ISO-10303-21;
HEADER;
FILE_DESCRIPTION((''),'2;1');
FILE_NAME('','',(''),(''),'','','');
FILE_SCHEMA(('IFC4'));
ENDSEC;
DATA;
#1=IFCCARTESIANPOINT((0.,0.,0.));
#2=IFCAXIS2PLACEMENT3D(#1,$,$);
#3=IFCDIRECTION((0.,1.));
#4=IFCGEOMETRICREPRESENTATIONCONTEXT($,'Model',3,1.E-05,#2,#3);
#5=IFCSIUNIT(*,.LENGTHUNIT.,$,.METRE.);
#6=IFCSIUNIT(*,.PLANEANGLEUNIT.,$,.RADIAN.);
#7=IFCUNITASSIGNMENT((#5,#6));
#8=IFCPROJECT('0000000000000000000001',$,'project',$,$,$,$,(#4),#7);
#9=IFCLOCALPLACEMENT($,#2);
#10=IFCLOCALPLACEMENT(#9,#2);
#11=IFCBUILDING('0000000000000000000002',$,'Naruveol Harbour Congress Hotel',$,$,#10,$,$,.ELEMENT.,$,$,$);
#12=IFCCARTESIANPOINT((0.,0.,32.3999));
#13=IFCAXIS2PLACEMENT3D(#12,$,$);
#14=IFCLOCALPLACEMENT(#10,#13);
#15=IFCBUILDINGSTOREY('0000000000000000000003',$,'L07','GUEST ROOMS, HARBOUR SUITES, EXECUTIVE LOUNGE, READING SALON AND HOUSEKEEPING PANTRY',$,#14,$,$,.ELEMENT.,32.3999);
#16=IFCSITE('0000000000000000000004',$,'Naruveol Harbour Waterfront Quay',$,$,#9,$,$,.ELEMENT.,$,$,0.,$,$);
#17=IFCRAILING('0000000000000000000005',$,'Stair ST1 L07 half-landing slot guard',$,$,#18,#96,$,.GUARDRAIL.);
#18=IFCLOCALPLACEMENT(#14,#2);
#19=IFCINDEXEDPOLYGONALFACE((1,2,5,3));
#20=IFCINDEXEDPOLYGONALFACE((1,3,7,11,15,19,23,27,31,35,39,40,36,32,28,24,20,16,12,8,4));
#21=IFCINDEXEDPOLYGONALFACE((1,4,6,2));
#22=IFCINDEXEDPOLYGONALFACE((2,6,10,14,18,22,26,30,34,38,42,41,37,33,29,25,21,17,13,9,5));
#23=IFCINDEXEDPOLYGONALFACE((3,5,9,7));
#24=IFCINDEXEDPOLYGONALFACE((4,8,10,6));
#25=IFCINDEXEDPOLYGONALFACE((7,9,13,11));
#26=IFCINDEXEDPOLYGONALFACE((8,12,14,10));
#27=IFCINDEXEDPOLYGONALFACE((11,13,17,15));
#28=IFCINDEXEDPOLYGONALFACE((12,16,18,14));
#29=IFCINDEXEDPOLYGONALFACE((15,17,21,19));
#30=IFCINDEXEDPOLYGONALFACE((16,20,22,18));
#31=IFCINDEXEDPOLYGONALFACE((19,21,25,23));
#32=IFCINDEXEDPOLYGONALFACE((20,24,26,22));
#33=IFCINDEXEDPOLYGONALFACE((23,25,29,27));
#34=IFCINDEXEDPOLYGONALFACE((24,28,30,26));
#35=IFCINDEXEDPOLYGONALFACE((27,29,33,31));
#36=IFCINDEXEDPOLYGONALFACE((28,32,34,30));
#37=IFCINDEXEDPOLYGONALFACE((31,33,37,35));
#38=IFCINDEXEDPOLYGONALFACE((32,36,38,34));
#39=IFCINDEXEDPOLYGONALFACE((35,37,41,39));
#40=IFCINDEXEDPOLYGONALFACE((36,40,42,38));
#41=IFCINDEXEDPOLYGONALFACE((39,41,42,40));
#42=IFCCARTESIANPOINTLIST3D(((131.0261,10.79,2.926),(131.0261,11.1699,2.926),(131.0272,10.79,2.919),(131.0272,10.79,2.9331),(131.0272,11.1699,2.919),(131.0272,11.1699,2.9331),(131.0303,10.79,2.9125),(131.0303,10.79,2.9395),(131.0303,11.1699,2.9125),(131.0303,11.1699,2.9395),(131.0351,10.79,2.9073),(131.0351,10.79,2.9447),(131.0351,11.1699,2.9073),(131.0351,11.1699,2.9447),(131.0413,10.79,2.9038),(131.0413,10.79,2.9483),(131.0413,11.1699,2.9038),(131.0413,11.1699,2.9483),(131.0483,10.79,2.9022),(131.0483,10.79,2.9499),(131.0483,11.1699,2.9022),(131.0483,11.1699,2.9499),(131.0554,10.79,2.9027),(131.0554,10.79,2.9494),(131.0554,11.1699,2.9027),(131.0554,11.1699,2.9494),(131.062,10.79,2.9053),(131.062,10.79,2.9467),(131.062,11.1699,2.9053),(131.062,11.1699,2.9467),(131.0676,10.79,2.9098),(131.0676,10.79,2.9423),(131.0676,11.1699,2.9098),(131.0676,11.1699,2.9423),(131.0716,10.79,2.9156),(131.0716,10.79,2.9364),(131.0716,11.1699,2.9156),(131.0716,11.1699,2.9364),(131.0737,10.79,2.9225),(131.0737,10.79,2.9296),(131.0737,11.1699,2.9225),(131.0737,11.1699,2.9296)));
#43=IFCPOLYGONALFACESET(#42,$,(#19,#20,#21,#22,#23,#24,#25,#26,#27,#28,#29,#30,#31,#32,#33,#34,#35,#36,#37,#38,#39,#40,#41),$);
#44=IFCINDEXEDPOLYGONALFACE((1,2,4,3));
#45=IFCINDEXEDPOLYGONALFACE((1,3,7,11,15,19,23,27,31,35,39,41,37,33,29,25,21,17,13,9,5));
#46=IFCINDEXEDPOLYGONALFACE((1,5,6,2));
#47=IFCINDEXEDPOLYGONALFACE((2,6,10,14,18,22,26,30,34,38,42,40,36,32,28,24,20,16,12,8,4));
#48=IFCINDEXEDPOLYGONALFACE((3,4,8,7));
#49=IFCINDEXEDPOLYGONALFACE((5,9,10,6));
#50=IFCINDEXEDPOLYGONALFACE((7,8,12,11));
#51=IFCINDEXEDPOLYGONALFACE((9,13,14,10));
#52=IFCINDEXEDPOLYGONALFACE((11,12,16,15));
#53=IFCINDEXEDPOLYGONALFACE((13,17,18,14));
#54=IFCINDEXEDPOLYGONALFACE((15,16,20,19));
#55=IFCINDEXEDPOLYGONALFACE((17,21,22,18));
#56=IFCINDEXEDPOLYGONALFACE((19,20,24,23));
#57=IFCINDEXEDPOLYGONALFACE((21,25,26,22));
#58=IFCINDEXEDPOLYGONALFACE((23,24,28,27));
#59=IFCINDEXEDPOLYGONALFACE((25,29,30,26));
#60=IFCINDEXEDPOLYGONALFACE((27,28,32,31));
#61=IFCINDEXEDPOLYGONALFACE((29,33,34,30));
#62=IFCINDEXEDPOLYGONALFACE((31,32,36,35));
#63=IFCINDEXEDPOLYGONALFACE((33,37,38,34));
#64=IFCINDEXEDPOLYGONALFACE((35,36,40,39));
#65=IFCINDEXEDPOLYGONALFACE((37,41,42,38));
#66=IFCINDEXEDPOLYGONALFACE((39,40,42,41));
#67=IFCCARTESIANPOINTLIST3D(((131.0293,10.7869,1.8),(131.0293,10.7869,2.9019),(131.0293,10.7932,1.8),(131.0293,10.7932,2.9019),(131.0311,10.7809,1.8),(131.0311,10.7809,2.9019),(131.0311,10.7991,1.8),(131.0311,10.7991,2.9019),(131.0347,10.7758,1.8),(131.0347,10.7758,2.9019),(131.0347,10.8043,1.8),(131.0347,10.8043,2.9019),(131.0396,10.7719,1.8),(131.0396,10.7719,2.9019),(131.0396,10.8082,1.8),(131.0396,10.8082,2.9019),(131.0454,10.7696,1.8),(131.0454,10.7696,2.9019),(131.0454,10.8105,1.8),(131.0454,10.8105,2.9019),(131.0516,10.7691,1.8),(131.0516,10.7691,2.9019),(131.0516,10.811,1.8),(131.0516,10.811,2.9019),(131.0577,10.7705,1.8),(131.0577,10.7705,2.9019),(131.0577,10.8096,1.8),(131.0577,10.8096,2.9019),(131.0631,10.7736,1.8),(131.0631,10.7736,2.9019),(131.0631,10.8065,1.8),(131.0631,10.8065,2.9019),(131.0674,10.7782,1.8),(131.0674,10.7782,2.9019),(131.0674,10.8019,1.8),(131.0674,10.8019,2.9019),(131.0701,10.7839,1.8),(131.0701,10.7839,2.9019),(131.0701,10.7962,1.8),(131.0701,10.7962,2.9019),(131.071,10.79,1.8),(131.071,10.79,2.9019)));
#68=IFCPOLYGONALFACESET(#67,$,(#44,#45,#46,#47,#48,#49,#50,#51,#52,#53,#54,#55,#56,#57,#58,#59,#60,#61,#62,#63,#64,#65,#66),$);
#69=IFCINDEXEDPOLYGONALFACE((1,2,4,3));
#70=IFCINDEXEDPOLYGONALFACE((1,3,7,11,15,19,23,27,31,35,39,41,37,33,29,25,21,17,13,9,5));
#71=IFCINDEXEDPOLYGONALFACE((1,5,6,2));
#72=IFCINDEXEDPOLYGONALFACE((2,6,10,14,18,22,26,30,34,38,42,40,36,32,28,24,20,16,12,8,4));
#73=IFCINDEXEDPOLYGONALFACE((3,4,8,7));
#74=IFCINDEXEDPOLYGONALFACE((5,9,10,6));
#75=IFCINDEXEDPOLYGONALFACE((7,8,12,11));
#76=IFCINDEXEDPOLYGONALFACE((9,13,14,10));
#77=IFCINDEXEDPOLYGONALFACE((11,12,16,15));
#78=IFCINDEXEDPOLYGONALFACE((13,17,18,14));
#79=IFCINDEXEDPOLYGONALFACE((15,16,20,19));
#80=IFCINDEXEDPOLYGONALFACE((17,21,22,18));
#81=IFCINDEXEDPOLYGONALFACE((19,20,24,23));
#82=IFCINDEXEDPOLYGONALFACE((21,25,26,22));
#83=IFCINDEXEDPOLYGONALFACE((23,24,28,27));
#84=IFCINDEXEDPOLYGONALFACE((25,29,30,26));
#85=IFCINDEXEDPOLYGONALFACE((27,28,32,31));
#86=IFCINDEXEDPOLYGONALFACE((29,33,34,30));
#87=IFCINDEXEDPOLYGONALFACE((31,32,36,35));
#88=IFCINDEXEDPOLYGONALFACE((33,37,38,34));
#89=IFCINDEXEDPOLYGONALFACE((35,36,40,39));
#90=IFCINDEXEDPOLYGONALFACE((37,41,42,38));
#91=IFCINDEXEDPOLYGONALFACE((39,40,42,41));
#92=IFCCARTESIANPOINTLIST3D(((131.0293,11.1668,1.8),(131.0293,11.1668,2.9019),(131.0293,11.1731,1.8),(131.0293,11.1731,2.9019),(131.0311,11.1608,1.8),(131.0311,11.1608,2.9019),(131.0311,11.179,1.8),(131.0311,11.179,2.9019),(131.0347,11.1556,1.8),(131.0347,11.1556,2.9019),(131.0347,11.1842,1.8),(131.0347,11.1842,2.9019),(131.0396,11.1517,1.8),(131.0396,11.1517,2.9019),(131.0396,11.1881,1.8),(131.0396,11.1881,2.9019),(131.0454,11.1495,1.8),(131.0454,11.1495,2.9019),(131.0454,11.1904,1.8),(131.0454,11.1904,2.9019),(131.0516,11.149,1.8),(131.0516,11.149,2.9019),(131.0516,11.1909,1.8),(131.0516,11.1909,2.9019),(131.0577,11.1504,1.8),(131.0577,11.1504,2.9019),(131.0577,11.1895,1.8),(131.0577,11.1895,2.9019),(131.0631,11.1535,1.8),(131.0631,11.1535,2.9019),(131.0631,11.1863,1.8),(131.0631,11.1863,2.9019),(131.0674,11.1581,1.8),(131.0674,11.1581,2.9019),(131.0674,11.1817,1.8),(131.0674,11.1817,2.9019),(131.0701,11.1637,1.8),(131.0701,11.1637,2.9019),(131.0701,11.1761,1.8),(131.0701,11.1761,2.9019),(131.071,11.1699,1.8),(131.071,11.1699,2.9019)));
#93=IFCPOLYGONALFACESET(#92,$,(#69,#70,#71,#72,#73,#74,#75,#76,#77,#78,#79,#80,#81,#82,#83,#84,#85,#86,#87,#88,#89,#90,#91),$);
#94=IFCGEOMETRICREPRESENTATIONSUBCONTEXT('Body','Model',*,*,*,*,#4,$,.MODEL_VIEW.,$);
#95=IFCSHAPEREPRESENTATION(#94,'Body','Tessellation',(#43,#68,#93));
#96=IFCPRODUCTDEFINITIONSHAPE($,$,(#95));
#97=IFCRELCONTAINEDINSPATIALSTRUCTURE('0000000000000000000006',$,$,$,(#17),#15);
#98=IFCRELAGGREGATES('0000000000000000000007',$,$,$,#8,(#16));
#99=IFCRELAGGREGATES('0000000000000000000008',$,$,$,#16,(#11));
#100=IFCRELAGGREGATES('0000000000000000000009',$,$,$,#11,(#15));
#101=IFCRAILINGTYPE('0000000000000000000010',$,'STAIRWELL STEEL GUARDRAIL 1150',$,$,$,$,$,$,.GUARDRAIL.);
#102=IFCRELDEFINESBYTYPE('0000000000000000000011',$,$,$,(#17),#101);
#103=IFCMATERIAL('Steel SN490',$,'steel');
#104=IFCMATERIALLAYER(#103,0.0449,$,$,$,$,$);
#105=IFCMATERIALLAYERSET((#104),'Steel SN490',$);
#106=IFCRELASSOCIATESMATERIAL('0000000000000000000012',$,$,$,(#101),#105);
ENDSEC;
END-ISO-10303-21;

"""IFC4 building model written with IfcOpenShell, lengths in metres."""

from ifc_helpers import new_model, si_unit, direction, frame, origin, origin_2d, place, context, subcontext, project, spatial, circle, extrude, material, layer, layer_set, type_object, element, save


model = new_model("IFC4")

# Units and contexts
model_context = context("Model", 3, precision=1e-05, world=origin(), true_north=direction((0.0, 1.0)))
body_context = subcontext(model_context, "Body", "Model", "MODEL_VIEW")
ifc_project = project(units=[si_unit("LENGTHUNIT", "METRE"), si_unit("PLANEANGLEUNIT", "RADIAN")], contexts=[model_context])

# Site, building, storey
site_placement = place(None, origin())
site = spatial("IfcSite", under=ifc_project, at=site_placement, Name="Naruveol Harbour Waterfront Quay", CompositionType="ELEMENT", RefElevation=0.0)
building_placement = place(site_placement, origin())
building = spatial("IfcBuilding", under=site, at=building_placement, Name="Naruveol Harbour Congress Hotel", CompositionType="ELEMENT")
storey_placement = place(building_placement, frame((0.0, 0.0, 32.3999)))
storey = spatial("IfcBuildingStorey", under=building, at=storey_placement, Name="L07", Description="GUEST ROOMS, HARBOUR SUITES, EXECUTIVE LOUNGE, READING SALON AND HOUSEKEEPING PANTRY", CompositionType="ELEMENT", Elevation=32.3999)

# Railing
ifc_material_1 = material(Name="Steel SN490", Category="steel")
ifc_layer_1 = layer(ifc_material_1, 0.0449)
ifc_layer_set_1 = layer_set([ifc_layer_1], Name="Steel SN490")
railing_type_1 = type_object("IfcRailingType", Name="STAIRWELL STEEL GUARDRAIL 1150", PredefinedType="GUARDRAIL", material=ifc_layer_set_1)
railing_1_placement = place(storey_placement, frame((131.05, 10.79, 1.8)))
element("IfcRailing", 1, at=railing_1_placement, inside=storey, type_object=railing_type_1, Name="Stair ST1 L07 half-landing slot guard", PredefinedType="GUARDRAIL", context=body_context, shape_type="SweptSolid", body=[
    extrude(circle(Radius=0.0239, at=origin_2d()), frame((0.0, 0.0, 1.126), z_axis=(0.0, 1.0, 0.0), x_axis=(-1.0, 0.0, 0.0)), (0.0, 0.0, 1.0), 0.3799),
    extrude(circle(Radius=0.021, at=origin_2d()), origin(), (0.0, 0.0, 1.0), 1.1018),
    extrude(circle(Radius=0.021, at=origin_2d()), frame((0.0, 0.3799, 0.0)), (0.0, 0.0, 1.0), 1.1018),
])

save(model, "model.ifc")
